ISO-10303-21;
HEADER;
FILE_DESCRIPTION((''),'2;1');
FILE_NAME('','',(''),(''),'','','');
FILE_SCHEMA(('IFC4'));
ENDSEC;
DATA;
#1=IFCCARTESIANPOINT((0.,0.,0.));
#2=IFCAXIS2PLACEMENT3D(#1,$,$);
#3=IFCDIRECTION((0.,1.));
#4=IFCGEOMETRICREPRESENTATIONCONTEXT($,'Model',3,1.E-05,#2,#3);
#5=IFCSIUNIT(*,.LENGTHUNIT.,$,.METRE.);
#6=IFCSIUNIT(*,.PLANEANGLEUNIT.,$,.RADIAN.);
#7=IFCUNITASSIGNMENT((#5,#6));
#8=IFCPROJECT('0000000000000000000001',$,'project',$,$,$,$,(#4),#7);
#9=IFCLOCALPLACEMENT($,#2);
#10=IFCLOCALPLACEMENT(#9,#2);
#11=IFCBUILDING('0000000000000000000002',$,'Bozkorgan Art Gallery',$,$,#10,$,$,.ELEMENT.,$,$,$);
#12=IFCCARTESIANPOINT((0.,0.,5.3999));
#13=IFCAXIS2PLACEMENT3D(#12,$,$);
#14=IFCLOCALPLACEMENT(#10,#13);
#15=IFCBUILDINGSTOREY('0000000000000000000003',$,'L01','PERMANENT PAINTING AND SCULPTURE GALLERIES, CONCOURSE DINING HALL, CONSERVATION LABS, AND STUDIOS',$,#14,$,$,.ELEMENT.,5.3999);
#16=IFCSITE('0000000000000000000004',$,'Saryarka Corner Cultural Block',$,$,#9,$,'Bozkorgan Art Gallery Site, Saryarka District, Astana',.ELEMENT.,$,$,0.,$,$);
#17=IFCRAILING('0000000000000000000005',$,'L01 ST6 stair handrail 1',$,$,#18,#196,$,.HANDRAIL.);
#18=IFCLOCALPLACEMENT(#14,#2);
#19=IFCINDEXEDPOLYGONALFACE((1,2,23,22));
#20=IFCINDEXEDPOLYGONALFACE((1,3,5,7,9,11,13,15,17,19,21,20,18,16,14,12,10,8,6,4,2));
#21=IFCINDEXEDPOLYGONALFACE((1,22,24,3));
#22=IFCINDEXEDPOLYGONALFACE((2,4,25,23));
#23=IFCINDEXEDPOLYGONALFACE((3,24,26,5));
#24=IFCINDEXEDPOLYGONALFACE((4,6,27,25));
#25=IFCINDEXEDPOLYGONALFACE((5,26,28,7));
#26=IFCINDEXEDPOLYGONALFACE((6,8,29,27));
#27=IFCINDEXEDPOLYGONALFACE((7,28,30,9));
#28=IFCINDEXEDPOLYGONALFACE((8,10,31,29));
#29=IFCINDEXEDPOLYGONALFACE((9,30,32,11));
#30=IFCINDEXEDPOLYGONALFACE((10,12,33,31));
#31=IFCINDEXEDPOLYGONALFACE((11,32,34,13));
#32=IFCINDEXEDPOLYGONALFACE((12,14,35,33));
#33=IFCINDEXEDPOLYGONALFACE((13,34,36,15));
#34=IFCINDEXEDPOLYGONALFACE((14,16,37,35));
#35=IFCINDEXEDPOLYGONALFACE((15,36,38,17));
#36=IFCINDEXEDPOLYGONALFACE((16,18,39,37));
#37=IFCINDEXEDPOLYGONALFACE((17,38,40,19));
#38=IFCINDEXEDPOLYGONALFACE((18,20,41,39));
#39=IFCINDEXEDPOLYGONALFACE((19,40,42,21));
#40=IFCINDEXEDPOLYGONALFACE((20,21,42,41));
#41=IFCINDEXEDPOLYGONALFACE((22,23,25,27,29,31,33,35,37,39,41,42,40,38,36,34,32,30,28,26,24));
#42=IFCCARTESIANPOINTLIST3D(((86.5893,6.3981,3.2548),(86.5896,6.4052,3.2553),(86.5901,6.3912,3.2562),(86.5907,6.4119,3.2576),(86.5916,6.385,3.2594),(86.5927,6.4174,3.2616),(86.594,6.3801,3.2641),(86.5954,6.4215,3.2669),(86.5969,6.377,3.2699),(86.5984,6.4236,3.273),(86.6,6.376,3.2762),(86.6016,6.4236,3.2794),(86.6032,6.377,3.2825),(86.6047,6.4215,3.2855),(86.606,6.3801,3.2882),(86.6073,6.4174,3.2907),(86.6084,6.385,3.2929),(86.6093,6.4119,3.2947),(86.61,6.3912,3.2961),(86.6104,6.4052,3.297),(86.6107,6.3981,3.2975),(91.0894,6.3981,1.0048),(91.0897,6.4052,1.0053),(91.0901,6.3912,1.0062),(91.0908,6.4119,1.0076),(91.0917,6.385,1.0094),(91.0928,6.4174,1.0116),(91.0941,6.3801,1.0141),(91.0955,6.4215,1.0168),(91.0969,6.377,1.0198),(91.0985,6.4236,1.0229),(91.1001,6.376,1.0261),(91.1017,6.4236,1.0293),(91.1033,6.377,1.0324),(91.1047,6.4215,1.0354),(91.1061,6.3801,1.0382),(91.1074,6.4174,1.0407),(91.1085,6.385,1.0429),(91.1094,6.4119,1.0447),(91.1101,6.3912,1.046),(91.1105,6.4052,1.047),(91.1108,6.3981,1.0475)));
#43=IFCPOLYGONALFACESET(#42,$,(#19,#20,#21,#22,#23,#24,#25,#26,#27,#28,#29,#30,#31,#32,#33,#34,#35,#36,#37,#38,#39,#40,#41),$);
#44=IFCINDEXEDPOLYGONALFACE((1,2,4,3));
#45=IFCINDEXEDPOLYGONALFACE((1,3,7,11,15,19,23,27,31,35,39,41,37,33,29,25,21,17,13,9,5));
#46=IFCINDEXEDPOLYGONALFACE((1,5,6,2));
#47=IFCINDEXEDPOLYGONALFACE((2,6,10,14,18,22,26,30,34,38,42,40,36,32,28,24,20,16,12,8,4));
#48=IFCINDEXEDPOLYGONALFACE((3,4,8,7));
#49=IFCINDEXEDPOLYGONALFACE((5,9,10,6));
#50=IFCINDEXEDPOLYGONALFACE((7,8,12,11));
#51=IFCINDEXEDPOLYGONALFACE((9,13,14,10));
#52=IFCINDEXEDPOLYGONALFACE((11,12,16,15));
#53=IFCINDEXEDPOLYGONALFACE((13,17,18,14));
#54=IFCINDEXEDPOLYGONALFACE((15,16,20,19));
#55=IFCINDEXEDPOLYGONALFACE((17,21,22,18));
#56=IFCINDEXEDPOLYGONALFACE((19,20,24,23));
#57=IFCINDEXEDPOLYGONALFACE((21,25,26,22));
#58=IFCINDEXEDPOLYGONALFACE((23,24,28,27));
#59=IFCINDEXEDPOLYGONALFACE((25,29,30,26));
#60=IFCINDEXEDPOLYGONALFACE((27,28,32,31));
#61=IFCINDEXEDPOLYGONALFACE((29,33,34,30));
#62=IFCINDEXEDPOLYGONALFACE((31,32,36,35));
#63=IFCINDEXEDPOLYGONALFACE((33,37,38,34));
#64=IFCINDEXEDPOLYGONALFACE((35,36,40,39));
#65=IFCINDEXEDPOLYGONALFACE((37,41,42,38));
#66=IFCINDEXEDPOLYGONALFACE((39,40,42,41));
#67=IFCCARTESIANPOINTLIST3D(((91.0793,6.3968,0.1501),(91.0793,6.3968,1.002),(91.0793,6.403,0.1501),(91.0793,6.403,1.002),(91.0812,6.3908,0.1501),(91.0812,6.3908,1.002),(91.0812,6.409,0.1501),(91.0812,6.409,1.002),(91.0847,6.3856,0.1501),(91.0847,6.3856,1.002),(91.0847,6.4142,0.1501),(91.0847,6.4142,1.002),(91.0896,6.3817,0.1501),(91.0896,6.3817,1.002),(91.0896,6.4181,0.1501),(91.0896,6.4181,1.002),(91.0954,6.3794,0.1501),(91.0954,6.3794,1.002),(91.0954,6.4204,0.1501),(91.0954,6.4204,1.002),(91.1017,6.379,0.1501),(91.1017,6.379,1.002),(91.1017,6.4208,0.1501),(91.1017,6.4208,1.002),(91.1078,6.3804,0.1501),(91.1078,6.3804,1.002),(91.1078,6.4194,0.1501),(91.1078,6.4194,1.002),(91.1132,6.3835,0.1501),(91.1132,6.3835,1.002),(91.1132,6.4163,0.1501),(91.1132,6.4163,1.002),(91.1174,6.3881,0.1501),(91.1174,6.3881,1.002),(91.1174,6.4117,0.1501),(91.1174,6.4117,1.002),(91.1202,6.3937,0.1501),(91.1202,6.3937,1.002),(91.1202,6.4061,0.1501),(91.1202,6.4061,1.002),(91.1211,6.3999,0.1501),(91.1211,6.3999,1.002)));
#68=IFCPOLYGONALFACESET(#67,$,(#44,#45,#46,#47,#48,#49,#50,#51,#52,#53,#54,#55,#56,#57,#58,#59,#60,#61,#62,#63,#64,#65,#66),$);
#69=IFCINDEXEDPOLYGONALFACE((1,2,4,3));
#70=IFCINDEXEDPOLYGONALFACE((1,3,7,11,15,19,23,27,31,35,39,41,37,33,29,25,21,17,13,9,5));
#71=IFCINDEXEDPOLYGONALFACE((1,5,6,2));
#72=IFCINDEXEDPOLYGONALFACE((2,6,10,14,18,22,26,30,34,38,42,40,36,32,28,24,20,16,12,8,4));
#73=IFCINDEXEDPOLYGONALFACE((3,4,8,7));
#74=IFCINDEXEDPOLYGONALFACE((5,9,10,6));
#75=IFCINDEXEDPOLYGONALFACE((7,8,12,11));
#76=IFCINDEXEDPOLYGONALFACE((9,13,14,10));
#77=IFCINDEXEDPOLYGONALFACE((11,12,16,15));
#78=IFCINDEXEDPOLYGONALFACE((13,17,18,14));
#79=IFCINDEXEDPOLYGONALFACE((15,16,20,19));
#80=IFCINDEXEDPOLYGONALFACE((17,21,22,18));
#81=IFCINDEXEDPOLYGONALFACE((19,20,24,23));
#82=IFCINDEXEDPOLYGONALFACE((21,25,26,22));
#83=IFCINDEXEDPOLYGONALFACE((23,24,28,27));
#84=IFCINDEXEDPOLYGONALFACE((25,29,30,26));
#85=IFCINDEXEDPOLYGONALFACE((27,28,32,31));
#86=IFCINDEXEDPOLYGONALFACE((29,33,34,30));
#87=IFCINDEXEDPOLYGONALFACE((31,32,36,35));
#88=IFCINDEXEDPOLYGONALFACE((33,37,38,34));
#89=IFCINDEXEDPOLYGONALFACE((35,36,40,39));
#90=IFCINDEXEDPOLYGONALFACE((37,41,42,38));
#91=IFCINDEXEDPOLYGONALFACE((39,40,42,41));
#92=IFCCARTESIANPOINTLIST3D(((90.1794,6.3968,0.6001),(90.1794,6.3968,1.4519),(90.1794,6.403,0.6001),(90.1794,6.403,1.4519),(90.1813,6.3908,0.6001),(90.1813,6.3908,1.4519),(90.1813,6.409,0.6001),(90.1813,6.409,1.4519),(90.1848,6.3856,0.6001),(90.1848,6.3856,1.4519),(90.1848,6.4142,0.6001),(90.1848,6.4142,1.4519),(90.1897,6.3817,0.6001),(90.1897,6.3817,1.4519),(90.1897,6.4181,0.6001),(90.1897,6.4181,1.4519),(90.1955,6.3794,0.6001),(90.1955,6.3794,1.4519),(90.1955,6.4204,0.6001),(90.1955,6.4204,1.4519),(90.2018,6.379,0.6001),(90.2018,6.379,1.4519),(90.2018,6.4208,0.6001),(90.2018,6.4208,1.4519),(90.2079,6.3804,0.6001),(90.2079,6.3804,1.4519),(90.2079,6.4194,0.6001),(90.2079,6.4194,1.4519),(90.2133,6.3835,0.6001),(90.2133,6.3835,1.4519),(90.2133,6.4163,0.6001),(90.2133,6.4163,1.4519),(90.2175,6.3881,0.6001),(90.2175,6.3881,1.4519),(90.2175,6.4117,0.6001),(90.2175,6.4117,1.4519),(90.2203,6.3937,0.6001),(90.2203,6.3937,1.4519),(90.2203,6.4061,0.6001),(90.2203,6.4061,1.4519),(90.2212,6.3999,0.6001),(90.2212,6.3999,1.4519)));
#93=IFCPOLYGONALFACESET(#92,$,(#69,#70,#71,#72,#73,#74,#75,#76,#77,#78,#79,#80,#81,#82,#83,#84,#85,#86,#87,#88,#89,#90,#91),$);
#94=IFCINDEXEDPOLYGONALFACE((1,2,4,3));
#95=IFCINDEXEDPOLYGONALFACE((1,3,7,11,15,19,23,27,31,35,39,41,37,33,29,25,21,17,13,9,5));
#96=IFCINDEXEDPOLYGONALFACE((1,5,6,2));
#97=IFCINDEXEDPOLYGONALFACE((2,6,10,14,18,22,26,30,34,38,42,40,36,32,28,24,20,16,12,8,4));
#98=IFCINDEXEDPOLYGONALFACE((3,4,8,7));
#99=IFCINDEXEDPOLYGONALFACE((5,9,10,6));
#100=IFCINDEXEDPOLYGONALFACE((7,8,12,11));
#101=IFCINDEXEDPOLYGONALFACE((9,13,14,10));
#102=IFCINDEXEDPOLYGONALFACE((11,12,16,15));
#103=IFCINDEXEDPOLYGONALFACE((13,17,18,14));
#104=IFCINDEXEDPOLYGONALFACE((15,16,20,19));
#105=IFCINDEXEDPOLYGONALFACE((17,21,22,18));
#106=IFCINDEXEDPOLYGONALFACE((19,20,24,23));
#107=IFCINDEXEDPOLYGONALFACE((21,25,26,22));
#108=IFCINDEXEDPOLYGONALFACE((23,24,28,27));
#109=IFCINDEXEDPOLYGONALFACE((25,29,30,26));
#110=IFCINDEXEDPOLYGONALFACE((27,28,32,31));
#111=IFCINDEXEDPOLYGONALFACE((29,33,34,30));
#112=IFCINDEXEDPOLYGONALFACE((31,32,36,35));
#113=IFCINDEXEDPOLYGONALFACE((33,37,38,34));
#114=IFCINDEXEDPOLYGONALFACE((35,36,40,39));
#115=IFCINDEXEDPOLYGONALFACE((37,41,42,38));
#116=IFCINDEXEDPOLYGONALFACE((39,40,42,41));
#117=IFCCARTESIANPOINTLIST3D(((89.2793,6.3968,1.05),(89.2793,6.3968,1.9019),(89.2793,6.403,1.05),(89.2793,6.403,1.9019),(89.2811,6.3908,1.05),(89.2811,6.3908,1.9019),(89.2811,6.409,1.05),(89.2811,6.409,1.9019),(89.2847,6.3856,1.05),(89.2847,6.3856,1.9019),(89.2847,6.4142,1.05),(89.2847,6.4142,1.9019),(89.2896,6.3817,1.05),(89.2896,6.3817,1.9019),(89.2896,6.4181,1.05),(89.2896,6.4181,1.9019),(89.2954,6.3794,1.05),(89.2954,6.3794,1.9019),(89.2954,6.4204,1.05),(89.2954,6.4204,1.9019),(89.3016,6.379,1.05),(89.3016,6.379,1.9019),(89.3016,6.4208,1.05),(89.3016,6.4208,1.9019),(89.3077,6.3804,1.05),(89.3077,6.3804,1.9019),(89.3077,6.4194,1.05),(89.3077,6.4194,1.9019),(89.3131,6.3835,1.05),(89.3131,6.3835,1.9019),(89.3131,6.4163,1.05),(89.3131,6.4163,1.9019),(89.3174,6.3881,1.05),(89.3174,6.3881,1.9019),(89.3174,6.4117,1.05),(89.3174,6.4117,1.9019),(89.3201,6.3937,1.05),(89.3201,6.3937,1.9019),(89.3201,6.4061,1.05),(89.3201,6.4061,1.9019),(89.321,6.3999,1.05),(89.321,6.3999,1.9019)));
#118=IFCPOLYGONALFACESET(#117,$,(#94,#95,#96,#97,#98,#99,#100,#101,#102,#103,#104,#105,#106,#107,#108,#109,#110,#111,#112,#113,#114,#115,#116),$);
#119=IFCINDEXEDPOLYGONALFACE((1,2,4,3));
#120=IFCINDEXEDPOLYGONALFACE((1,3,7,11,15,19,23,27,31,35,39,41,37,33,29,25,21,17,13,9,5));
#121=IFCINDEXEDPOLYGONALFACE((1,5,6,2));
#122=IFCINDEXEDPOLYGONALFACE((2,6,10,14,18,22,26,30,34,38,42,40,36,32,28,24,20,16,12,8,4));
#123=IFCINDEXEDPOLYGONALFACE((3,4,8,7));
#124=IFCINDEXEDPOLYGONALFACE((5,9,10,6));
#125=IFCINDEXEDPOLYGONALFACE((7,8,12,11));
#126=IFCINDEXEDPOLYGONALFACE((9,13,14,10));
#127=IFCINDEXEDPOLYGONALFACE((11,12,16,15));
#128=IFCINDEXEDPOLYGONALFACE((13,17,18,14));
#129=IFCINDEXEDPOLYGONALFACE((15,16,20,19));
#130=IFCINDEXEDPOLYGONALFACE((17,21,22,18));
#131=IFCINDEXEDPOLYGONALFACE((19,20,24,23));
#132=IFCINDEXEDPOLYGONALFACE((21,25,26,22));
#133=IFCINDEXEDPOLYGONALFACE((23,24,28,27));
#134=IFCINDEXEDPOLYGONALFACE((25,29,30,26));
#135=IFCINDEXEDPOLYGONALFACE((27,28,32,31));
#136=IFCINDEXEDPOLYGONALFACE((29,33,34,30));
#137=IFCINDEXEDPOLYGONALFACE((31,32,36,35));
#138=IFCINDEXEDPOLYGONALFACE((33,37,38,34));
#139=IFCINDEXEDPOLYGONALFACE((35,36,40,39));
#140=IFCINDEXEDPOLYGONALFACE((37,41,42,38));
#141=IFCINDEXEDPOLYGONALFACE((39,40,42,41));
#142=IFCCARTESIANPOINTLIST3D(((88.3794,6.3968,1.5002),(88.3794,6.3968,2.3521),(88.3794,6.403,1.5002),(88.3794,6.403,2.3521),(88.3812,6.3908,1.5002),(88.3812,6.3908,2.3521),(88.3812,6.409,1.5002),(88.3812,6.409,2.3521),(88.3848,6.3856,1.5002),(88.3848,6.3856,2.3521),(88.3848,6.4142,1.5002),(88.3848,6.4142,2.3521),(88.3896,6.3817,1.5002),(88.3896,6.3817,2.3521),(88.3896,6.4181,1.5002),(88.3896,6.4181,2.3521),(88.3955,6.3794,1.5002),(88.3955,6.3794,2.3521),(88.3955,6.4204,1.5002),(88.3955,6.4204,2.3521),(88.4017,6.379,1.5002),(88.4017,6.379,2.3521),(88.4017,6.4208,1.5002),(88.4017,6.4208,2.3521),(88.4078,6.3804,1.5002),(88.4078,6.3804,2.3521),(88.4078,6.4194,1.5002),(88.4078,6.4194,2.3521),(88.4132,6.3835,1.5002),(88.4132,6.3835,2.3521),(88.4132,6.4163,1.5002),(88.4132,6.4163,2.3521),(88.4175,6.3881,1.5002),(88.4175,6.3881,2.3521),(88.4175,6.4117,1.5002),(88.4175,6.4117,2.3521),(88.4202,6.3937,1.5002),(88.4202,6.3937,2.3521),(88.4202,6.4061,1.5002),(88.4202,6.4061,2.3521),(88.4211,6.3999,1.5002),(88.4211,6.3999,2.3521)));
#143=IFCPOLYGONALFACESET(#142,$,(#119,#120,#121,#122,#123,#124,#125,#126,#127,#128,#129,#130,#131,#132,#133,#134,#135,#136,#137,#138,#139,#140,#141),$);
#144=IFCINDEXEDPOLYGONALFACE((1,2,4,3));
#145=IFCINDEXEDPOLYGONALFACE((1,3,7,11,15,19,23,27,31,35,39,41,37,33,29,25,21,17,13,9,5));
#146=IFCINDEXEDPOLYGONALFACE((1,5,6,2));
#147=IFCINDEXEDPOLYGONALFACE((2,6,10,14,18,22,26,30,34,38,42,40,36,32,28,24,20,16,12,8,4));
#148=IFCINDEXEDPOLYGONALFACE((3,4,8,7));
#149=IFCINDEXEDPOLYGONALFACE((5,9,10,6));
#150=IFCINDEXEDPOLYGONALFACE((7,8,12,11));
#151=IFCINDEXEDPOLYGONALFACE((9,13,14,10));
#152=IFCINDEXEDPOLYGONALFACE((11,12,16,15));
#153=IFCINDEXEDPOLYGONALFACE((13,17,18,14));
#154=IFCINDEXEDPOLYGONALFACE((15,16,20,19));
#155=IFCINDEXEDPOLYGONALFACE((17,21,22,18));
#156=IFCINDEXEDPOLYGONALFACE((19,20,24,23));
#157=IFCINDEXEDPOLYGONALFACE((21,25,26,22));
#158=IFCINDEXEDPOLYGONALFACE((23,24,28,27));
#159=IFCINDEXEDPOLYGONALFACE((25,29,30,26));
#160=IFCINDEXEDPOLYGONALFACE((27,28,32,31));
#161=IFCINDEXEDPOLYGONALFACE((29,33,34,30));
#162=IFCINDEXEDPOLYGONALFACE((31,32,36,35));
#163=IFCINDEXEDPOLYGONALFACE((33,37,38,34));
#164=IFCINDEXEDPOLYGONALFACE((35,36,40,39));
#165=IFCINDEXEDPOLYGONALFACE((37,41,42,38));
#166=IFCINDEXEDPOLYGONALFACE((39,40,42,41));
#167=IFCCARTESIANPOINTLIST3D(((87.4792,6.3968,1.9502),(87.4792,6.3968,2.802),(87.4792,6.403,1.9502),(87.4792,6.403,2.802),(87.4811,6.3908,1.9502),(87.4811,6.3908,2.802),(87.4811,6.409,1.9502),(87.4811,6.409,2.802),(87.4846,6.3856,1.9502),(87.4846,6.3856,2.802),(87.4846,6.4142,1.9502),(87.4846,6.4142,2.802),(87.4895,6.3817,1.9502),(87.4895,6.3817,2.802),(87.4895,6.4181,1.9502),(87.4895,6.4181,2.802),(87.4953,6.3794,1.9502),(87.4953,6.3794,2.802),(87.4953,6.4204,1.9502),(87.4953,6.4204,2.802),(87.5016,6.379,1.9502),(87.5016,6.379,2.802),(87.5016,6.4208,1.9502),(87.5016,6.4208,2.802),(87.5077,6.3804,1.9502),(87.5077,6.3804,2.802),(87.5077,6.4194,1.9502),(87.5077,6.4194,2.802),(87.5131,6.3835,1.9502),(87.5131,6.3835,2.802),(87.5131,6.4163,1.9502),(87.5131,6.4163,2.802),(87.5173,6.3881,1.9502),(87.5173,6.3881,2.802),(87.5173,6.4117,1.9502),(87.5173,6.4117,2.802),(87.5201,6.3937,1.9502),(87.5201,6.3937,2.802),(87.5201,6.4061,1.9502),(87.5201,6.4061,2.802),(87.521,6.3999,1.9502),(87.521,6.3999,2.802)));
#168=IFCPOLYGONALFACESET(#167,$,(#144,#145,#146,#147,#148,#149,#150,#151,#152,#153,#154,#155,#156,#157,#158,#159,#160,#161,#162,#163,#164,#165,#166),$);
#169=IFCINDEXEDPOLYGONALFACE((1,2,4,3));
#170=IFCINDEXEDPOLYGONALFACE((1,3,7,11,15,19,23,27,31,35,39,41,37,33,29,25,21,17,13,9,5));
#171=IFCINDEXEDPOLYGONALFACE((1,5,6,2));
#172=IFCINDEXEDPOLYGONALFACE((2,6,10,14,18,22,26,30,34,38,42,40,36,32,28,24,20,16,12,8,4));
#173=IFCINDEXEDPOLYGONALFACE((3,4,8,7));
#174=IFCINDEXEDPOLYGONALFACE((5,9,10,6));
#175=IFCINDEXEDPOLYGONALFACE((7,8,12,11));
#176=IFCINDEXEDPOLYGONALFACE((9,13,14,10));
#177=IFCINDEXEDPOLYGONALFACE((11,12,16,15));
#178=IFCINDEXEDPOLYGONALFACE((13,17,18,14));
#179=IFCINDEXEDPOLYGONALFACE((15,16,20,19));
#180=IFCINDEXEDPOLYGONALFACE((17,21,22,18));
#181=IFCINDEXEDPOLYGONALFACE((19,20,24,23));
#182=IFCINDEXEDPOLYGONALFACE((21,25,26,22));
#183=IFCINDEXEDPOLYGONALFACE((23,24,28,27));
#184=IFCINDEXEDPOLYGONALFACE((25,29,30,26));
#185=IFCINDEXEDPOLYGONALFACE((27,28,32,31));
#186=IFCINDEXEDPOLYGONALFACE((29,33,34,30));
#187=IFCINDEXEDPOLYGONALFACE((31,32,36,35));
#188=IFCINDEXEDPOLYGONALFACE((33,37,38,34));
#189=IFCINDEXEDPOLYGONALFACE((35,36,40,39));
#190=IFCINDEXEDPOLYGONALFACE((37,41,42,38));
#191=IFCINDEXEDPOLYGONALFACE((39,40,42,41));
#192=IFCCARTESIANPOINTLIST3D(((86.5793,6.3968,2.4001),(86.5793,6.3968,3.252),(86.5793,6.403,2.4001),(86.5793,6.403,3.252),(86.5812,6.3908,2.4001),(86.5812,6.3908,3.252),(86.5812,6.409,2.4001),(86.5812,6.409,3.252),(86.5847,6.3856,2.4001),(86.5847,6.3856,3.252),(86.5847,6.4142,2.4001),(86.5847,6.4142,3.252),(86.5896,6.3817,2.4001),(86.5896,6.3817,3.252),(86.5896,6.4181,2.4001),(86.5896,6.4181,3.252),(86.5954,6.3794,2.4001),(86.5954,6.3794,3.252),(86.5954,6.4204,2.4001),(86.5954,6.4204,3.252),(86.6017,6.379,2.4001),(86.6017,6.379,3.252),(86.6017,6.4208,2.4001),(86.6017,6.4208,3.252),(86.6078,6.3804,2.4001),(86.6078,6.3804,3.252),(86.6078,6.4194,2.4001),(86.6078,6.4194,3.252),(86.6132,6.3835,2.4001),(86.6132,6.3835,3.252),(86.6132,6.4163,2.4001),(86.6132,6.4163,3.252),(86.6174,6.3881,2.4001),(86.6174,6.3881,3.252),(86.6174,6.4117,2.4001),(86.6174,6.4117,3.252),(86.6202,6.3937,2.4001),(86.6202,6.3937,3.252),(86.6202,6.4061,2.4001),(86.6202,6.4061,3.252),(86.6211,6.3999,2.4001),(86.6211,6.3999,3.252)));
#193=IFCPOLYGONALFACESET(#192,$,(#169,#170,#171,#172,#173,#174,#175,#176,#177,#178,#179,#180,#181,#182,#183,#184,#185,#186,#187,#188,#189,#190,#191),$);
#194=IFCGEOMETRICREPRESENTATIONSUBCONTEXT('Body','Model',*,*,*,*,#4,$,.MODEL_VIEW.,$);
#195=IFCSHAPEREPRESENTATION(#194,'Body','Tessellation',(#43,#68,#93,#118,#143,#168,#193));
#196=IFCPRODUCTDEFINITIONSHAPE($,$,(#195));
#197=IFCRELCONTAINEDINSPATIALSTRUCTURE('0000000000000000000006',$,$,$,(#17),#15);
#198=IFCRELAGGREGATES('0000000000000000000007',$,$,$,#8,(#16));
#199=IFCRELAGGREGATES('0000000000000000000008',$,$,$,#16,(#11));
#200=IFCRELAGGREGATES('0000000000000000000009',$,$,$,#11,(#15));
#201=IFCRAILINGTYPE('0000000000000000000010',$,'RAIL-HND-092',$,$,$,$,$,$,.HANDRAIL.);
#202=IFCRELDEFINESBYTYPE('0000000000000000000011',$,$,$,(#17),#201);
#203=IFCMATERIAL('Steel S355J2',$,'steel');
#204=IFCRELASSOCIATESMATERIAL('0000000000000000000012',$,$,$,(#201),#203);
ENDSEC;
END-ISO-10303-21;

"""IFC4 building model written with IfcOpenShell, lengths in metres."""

from ifc_helpers import new_model, si_unit, direction, frame, origin, origin_2d, place, context, subcontext, project, spatial, circle, extrude, material, type_object, element, save


model = new_model("IFC4")

# Units and contexts
model_context = context("Model", 3, precision=1e-05, world=origin(), true_north=direction((0.0, 1.0)))
body_context = subcontext(model_context, "Body", "Model", "MODEL_VIEW")
ifc_project = project(units=[si_unit("LENGTHUNIT", "METRE"), si_unit("PLANEANGLEUNIT", "RADIAN")], contexts=[model_context])

# Site, building, storey
site_placement = place(None, origin())
site = spatial("IfcSite", under=ifc_project, at=site_placement, Name="Saryarka Corner Cultural Block", LongName="Bozkorgan Art Gallery Site, Saryarka District, Astana", CompositionType="ELEMENT", RefElevation=0.0)
building_placement = place(site_placement, origin())
building = spatial("IfcBuilding", under=site, at=building_placement, Name="Bozkorgan Art Gallery", CompositionType="ELEMENT")
storey_placement = place(building_placement, frame((0.0, 0.0, 5.3999)))
storey = spatial("IfcBuildingStorey", under=building, at=storey_placement, Name="L01", Description="PERMANENT PAINTING AND SCULPTURE GALLERIES, CONCOURSE DINING HALL, CONSERVATION LABS, AND STUDIOS", CompositionType="ELEMENT", Elevation=5.3999)

# Shared definitions
ifc_material_1 = material(Name="Steel S355J2", Category="steel")

# Railing
railing_type_1 = type_object("IfcRailingType", Name="RAIL-HND-092", PredefinedType="HANDRAIL", material=ifc_material_1)
railing_1_placement = place(storey_placement, frame((91.1001, 6.3999, 0.1501)))
element("IfcRailing", 1, at=railing_1_placement, inside=storey, type_object=railing_type_1, Name="L01 ST6 stair handrail 1", PredefinedType="HANDRAIL", context=body_context, shape_type="SweptSolid", body=[
    extrude(circle(Radius=0.0239, at=origin_2d()), frame((0.0, 0.0, 0.876), z_axis=(-0.894427, 0.0, 0.447214), x_axis=(0.0, -1.0, 0.0)), (0.0, 0.0, 1.0), 5.0312),
    extrude(circle(Radius=0.021, at=origin_2d()), origin(), (0.0, 0.0, 1.0), 0.8518),
    extrude(circle(Radius=0.021, at=origin_2d()), frame((-0.8999, 0.0, 0.45)), (0.0, 0.0, 1.0), 0.8518),
    extrude(circle(Radius=0.021, at=origin_2d()), frame((-1.8, 0.0, 0.8999)), (0.0, 0.0, 1.0), 0.8518),
    extrude(circle(Radius=0.021, at=origin_2d()), frame((-2.7, 0.0, 1.3501)), (0.0, 0.0, 1.0), 0.8518),
    extrude(circle(Radius=0.021, at=origin_2d()), frame((-3.6001, 0.0, 1.8)), (0.0, 0.0, 1.0), 0.8518),
    extrude(circle(Radius=0.021, at=origin_2d()), frame((-4.5, 0.0, 2.25)), (0.0, 0.0, 1.0), 0.8518),
])

save(model, "model.ifc")
